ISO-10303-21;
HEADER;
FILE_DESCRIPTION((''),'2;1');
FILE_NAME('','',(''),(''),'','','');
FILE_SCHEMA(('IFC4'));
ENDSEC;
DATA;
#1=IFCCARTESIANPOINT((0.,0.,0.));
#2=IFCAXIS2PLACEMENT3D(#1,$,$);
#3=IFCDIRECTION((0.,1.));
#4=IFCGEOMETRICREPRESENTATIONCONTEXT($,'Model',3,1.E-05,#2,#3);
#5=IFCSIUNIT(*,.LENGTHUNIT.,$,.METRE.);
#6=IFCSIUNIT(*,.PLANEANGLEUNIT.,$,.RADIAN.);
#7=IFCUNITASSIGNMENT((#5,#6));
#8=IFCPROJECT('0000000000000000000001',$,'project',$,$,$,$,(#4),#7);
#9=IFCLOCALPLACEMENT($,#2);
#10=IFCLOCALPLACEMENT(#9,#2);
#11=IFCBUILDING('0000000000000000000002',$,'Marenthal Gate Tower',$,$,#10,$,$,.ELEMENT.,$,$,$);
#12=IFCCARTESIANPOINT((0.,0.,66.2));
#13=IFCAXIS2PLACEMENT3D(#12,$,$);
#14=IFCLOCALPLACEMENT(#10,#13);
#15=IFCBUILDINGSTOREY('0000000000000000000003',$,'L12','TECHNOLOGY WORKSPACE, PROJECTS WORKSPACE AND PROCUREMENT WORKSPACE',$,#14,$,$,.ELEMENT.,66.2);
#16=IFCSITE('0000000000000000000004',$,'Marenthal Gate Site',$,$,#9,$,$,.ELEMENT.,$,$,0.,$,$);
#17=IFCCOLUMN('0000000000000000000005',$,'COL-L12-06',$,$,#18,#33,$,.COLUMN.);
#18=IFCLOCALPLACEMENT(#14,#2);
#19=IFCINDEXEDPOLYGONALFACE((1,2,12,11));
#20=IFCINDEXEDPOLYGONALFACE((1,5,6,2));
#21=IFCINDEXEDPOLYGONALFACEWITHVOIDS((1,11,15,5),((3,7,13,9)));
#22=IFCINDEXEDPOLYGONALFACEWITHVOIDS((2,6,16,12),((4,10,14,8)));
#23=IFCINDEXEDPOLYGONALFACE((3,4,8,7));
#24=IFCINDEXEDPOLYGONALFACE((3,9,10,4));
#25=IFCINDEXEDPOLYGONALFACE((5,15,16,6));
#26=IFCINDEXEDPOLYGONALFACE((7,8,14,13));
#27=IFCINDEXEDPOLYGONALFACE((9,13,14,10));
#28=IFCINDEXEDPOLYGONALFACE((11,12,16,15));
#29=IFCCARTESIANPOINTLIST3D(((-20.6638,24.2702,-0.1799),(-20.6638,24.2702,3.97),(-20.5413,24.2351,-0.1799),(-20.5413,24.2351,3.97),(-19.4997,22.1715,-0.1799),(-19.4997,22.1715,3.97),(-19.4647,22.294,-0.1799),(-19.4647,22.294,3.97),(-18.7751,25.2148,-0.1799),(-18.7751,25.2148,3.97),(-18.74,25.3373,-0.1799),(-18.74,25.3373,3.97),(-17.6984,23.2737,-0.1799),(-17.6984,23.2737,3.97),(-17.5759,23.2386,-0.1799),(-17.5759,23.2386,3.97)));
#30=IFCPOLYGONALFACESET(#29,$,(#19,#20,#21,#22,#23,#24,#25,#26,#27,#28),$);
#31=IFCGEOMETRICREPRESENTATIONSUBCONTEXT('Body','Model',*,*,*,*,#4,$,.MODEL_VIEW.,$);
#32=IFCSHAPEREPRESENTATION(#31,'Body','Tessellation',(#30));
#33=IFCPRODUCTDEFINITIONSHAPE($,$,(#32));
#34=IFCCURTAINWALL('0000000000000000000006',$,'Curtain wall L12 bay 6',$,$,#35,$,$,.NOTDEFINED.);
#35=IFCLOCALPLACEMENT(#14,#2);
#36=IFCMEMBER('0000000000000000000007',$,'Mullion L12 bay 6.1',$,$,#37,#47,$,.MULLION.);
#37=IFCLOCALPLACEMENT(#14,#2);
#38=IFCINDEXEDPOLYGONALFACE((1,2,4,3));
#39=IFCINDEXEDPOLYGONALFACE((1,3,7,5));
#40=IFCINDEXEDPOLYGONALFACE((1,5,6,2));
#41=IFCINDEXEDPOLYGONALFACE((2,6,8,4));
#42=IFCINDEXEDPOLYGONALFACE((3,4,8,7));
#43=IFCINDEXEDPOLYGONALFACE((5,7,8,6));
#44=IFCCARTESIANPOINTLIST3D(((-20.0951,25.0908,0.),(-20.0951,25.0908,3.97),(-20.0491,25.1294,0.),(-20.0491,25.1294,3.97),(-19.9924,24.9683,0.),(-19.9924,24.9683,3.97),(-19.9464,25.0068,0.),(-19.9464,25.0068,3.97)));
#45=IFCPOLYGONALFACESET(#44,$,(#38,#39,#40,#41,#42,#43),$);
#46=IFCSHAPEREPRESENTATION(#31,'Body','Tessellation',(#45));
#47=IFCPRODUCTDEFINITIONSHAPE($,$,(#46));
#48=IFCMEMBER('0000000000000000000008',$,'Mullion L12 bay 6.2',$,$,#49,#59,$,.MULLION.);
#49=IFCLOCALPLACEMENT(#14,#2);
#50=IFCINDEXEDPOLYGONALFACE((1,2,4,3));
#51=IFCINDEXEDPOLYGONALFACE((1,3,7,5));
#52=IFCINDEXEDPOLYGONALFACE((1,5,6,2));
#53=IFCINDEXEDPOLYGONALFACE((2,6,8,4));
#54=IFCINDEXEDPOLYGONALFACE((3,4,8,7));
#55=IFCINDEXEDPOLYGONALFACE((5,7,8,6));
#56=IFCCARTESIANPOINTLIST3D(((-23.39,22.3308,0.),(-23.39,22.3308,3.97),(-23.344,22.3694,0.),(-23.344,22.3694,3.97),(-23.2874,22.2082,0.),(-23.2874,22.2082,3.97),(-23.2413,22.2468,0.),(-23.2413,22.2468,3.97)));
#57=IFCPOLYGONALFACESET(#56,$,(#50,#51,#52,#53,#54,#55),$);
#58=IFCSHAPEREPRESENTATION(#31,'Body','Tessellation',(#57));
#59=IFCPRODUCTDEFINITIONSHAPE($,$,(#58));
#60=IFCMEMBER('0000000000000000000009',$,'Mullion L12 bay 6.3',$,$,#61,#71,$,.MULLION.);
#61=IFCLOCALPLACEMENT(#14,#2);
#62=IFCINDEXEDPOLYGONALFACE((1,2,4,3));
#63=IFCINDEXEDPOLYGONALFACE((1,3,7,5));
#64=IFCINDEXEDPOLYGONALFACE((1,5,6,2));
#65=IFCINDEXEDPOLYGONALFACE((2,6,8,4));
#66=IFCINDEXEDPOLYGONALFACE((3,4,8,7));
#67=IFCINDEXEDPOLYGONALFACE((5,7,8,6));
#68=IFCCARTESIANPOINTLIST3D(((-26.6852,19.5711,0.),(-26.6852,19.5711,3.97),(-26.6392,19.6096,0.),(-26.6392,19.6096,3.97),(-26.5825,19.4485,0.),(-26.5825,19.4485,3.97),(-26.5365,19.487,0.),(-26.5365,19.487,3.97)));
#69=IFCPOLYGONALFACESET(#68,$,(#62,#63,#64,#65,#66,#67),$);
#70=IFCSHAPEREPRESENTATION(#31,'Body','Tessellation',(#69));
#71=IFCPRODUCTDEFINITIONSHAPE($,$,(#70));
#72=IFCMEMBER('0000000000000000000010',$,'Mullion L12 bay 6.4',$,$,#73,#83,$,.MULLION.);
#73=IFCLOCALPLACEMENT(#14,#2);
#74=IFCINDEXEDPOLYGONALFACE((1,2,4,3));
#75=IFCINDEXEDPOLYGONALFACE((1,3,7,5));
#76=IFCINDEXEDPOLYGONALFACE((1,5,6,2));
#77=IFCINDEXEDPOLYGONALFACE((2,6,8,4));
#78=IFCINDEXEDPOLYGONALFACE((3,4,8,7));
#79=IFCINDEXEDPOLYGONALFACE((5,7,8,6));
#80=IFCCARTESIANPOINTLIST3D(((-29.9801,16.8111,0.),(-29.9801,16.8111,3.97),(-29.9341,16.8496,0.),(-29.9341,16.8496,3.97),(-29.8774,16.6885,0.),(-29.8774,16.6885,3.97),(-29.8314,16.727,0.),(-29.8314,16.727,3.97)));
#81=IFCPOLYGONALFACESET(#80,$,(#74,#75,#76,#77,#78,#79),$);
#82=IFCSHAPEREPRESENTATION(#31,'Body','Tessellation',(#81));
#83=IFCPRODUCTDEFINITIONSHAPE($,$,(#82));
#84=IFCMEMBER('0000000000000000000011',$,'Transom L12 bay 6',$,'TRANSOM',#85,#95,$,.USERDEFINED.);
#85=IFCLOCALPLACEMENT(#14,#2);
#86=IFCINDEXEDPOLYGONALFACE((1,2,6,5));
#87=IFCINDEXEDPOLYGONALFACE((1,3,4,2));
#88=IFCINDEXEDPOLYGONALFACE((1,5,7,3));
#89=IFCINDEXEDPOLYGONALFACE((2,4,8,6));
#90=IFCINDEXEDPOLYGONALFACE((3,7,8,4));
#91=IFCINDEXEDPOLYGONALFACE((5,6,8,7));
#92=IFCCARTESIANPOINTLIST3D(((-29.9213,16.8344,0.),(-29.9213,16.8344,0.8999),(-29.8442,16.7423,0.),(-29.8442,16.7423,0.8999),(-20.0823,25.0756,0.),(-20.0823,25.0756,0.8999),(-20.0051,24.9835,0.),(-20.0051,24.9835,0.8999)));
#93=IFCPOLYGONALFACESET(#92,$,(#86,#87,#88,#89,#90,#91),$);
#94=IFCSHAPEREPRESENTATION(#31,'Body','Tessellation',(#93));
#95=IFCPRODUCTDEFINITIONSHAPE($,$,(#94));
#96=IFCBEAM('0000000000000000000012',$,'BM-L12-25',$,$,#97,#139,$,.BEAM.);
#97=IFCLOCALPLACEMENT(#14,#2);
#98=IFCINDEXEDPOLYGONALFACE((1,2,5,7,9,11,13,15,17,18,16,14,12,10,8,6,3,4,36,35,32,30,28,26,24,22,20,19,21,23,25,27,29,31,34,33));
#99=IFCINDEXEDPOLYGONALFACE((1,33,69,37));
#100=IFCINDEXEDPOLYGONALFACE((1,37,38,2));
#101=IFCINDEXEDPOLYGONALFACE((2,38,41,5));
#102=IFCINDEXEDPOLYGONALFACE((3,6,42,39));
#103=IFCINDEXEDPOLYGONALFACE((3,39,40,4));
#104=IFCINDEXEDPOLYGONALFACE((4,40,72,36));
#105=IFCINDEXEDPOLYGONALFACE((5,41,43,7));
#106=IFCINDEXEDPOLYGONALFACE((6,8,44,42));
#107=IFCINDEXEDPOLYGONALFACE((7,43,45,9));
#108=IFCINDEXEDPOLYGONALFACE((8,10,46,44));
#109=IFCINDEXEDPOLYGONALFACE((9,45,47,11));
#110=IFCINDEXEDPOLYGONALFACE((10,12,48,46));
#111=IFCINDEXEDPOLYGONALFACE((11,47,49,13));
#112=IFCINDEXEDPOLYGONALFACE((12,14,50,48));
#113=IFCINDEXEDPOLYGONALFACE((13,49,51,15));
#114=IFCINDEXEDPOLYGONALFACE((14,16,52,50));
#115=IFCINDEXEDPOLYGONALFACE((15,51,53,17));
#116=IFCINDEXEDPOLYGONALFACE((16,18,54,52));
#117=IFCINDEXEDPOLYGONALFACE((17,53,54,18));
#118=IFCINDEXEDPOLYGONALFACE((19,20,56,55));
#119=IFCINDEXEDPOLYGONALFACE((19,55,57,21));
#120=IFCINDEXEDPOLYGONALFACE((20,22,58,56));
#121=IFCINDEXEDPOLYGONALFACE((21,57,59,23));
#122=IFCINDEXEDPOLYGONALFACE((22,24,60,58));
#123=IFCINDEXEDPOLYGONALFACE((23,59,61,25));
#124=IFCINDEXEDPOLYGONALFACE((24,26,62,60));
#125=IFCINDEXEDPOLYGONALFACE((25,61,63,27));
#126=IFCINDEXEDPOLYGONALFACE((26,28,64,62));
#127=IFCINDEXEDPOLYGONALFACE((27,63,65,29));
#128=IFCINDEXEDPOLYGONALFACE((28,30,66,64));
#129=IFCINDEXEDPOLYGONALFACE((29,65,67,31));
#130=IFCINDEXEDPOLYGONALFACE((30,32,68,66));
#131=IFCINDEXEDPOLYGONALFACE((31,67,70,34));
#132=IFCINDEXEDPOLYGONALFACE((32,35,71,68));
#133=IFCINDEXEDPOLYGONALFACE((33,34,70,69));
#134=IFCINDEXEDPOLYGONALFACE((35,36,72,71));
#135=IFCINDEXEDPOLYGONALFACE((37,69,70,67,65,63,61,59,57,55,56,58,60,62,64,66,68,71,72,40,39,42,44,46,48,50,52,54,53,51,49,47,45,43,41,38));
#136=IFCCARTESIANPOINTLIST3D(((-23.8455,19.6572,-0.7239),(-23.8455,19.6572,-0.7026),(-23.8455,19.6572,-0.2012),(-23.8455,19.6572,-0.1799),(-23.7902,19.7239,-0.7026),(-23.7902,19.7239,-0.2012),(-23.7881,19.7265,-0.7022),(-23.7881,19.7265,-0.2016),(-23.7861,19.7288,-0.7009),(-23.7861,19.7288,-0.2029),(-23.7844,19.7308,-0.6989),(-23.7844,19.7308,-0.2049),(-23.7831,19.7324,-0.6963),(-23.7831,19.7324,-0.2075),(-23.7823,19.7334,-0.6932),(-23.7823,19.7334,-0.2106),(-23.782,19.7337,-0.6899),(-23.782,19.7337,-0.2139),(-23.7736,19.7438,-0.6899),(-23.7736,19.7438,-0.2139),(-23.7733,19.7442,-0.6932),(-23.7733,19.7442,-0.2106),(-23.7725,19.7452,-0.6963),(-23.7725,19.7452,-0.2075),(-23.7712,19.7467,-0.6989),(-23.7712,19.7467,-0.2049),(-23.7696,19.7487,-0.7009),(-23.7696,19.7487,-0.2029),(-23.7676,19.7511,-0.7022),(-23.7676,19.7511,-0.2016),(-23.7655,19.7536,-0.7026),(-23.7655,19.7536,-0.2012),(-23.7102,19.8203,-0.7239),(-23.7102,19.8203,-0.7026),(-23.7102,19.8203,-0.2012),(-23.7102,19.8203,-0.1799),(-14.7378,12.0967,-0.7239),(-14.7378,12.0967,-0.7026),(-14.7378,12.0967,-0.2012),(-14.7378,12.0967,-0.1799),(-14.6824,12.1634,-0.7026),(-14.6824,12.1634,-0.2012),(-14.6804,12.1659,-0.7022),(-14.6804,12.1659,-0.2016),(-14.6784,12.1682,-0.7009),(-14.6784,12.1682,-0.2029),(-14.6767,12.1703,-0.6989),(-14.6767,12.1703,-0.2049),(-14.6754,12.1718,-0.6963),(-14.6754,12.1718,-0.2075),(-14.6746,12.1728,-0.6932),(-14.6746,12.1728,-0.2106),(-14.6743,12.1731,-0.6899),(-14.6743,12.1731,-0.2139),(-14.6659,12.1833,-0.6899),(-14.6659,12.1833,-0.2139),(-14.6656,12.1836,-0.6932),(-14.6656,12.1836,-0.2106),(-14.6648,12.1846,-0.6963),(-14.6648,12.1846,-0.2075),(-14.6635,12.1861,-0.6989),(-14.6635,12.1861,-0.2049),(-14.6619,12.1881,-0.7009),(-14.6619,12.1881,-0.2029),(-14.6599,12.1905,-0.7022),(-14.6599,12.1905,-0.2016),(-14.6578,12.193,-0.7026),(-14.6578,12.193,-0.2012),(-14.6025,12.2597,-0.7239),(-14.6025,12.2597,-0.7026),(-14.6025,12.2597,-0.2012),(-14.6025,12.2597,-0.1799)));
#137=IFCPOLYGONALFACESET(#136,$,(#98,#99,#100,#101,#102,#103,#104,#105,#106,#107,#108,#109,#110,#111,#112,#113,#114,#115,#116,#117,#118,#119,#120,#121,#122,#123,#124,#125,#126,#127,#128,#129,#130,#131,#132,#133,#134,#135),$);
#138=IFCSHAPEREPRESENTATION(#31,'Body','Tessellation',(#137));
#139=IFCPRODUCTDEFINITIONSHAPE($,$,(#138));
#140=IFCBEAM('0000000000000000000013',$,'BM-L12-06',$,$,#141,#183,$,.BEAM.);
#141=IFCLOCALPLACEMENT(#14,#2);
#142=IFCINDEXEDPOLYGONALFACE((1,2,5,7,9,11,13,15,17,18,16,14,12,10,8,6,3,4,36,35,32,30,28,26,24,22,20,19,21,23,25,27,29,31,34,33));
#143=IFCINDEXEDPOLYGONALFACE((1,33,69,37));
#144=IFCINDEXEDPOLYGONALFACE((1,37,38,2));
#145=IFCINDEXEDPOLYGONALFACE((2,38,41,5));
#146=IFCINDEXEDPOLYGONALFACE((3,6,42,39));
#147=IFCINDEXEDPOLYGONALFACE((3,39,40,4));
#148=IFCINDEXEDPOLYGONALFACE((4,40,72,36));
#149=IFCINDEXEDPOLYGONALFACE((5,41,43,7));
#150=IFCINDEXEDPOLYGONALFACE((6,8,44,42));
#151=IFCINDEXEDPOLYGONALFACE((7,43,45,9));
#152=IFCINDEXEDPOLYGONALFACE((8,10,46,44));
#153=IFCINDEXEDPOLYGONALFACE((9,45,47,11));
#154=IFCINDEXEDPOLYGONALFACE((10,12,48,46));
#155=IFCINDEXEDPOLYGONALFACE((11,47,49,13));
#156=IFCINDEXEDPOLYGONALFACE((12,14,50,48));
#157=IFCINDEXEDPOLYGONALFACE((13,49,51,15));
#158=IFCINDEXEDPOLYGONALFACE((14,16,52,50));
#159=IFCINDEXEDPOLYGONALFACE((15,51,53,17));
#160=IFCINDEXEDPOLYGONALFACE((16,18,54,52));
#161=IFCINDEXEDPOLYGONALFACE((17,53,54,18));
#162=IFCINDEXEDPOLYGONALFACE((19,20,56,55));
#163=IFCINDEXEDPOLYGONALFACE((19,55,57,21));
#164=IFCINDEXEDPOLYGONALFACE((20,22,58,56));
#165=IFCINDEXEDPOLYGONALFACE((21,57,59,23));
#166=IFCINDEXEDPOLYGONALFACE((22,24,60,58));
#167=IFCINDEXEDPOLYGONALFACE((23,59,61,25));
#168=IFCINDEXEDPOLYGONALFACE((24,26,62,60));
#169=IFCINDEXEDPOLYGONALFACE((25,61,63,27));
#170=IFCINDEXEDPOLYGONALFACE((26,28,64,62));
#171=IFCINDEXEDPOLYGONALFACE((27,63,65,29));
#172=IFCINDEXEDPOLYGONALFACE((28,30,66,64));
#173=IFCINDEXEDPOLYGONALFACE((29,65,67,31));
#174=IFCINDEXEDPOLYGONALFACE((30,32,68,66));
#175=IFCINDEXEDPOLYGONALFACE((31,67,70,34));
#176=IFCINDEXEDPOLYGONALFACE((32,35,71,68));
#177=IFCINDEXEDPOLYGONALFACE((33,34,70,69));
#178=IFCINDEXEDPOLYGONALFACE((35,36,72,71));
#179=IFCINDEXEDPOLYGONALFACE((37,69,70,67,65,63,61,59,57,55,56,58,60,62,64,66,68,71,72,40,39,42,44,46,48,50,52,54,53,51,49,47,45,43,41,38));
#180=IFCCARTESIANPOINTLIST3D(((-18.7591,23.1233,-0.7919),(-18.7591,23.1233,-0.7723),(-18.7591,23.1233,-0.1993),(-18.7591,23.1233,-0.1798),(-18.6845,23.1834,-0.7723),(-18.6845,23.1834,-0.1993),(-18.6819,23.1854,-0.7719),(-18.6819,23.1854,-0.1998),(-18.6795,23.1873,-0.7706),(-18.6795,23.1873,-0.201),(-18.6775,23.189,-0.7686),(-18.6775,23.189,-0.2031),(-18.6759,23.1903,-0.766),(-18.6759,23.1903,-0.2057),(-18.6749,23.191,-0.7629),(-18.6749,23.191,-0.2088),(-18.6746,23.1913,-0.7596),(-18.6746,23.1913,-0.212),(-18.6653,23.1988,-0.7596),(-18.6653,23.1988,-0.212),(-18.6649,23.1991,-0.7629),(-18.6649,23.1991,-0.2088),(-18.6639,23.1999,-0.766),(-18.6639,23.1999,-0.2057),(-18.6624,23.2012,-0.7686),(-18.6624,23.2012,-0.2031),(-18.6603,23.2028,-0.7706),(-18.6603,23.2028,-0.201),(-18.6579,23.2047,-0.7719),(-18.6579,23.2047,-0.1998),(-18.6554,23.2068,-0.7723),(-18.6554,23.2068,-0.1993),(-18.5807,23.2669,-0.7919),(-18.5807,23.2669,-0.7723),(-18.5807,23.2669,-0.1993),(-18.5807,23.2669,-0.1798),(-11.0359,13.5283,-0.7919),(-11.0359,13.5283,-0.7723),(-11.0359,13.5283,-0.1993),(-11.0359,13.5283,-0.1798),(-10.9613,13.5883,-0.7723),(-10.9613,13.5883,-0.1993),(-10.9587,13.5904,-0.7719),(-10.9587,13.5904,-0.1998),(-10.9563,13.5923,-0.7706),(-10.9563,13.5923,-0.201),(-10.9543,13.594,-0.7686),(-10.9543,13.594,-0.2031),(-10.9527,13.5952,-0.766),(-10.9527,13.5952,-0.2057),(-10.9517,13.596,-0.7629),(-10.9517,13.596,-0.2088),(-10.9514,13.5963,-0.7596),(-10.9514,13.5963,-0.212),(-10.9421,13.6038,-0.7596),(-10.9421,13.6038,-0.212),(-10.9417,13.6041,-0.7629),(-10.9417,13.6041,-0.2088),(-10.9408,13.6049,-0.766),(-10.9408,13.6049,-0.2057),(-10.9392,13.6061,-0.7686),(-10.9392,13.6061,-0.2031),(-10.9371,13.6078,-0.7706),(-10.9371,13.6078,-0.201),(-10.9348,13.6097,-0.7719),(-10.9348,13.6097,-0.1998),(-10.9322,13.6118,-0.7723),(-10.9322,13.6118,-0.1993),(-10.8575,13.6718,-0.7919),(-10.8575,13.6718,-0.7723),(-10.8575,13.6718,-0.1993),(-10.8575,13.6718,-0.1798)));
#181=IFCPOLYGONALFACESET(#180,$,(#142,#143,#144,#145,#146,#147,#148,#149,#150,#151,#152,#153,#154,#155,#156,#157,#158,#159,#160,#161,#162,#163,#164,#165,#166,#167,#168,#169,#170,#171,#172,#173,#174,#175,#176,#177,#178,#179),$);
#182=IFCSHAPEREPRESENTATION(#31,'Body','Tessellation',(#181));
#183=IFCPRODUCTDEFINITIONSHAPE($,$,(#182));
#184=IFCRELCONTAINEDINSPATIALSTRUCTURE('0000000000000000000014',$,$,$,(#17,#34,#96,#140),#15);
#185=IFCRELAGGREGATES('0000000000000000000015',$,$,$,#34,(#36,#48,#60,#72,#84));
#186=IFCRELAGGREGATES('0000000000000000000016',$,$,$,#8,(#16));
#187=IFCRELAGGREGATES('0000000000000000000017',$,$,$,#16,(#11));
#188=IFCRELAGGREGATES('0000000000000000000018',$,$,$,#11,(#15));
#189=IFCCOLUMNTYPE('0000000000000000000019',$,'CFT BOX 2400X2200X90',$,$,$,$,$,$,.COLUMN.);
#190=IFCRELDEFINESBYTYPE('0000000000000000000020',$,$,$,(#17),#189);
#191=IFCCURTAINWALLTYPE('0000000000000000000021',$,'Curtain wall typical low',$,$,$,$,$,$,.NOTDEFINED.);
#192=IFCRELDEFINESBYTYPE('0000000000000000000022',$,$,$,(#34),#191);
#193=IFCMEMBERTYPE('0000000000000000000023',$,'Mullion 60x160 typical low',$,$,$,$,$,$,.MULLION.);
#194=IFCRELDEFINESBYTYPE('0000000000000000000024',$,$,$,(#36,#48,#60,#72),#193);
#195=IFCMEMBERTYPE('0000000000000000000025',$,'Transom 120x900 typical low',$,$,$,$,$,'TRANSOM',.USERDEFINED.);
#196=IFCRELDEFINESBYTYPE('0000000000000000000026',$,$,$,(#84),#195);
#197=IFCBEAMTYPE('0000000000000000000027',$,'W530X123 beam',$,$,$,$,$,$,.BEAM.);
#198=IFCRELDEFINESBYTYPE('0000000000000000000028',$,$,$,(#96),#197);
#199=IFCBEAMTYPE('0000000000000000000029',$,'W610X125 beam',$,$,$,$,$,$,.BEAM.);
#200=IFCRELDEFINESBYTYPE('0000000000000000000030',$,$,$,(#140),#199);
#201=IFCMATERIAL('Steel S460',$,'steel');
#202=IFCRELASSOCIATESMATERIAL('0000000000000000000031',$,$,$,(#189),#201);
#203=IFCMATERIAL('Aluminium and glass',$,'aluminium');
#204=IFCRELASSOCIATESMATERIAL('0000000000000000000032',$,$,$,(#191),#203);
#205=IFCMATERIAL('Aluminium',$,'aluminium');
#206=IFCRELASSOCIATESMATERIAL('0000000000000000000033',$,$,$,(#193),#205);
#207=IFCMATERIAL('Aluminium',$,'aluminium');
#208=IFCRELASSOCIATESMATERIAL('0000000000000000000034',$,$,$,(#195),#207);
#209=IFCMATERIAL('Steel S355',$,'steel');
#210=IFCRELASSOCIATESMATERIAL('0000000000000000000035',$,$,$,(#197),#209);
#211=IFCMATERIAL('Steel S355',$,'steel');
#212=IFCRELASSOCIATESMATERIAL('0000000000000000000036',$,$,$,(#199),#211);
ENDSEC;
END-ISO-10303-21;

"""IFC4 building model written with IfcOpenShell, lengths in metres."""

from ifc_helpers import new_model, si_unit, direction, frame, origin, origin_2d, place, context, subcontext, project, spatial, rectangle, hollow_rectangle, i_section, extrude, material, material_profile, profile_set, type_object, element, aggregate, save


model = new_model("IFC4")

# Units and contexts
model_context = context("Model", 3, precision=1e-05, world=origin(), true_north=direction((0.0, 1.0)))
body_context = subcontext(model_context, "Body", "Model", "MODEL_VIEW")
ifc_project = project(units=[si_unit("LENGTHUNIT", "METRE"), si_unit("PLANEANGLEUNIT", "RADIAN")], contexts=[model_context])

# Site, building, storey
site_placement = place(None, origin())
site = spatial("IfcSite", under=ifc_project, at=site_placement, Name="Marenthal Gate Site", CompositionType="ELEMENT", RefElevation=0.0)
building_placement = place(site_placement, origin())
building = spatial("IfcBuilding", under=site, at=building_placement, Name="Marenthal Gate Tower", CompositionType="ELEMENT")
storey_placement = place(building_placement, frame((0.0, 0.0, 66.2)))
storey = spatial("IfcBuildingStorey", under=building, at=storey_placement, Name="L12", Description="TECHNOLOGY WORKSPACE, PROJECTS WORKSPACE AND PROCUREMENT WORKSPACE", CompositionType="ELEMENT", Elevation=66.2)

# Column
ifc_material_1 = material(Name="Steel S460", Category="steel")
ifc_material_profile_1 = material_profile(ifc_material_1, hollow_rectangle(XDim=2.2, YDim=2.3999, WallThickness=0.0901, at=origin_2d()), Name="CFT BOX 2400X2200X90")
ifc_material_2 = material(Name="Concrete 70 MPa", Category="concrete")
ifc_material_profile_2 = material_profile(ifc_material_2, rectangle(XDim=2.02, YDim=2.22, at=origin_2d()), Name="CFT BOX 2400X2200X90 INFILL")
ifc_profile_set_1 = profile_set([ifc_material_profile_1, ifc_material_profile_2], Name="Steel S460 shell, Concrete 70 MPa infill")
column_type = type_object("IfcColumnType", Name="CFT BOX 2400X2200X90", PredefinedType="COLUMN", material=ifc_profile_set_1)
column_placement = place(storey_placement, frame((-19.1199, 23.7544, -0.1799), z_axis=(0.0, 0.0, 1.0), x_axis=(0.874483, 0.485055, 0.0)))
element("IfcColumn", 1, at=column_placement, inside=storey, type_object=column_type, Name="COL-L12-06", PredefinedType="COLUMN", context=body_context, shape_type="SweptSolid", body=[
    extrude(hollow_rectangle(XDim=2.2, YDim=2.3999, WallThickness=0.0901, at=origin_2d()), origin(), (0.0, 0.0, 1.0), 4.1499),
])

# Curtain wall, members
ifc_material_3 = material(Name="Aluminium and glass", Category="aluminium")
curtain_wall_type = type_object("IfcCurtainWallType", Name="Curtain wall typical low", PredefinedType="NOTDEFINED", material=ifc_material_3)
curtain_wall_placement = place(storey_placement, origin())
curtain_wall = element("IfcCurtainWall", 2, at=curtain_wall_placement, inside=storey, type_object=curtain_wall_type, Name="Curtain wall L12 bay 6", PredefinedType="NOTDEFINED")
ifc_material_4 = material(Name="Aluminium", Category="aluminium")
ifc_material_profile_3 = material_profile(ifc_material_4, rectangle(XDim=0.1599, YDim=0.0601, at=origin_2d()), Name="60x160 aluminium mullion")
ifc_profile_set_2 = profile_set([ifc_material_profile_3], Name="Aluminium")
member_type_1 = type_object("IfcMemberType", Name="Mullion 60x160 typical low", PredefinedType="MULLION", material=ifc_profile_set_2)
member_1_placement = place(storey_placement, frame((-20.0208, 25.0488, 0.0), z_axis=(0.0, 0.0, 1.0), x_axis=(0.642112, -0.766611, 0.0)))
member_1 = element("IfcMember", 3, at=member_1_placement, type_object=member_type_1, Name="Mullion L12 bay 6.1", PredefinedType="MULLION", context=body_context, shape_type="SweptSolid", body=[
    extrude(rectangle(XDim=0.1599, YDim=0.0601, at=origin_2d()), origin(), (0.0, 0.0, 1.0), 3.97),
])
member_2_placement = place(storey_placement, frame((-23.3157, 22.2888, 0.0), z_axis=(0.0, 0.0, 1.0), x_axis=(0.642112, -0.766611, 0.0)))
member_2 = element("IfcMember", 4, at=member_2_placement, type_object=member_type_1, Name="Mullion L12 bay 6.2", PredefinedType="MULLION", context=body_context, shape_type="SweptSolid", body=[
    extrude(rectangle(XDim=0.1599, YDim=0.0601, at=origin_2d()), origin(), (0.0, 0.0, 1.0), 3.97),
])
member_3_placement = place(storey_placement, frame((-26.6108, 19.5291, 0.0), z_axis=(0.0, 0.0, 1.0), x_axis=(0.642112, -0.766611, 0.0)))
member_3 = element("IfcMember", 5, at=member_3_placement, type_object=member_type_1, Name="Mullion L12 bay 6.3", PredefinedType="MULLION", context=body_context, shape_type="SweptSolid", body=[
    extrude(rectangle(XDim=0.1599, YDim=0.0601, at=origin_2d()), origin(), (0.0, 0.0, 1.0), 3.97),
])
member_4_placement = place(storey_placement, frame((-29.9058, 16.769, 0.0), z_axis=(0.0, 0.0, 1.0), x_axis=(0.642112, -0.766611, 0.0)))
member_4 = element("IfcMember", 6, at=member_4_placement, type_object=member_type_1, Name="Mullion L12 bay 6.4", PredefinedType="MULLION", context=body_context, shape_type="SweptSolid", body=[
    extrude(rectangle(XDim=0.1599, YDim=0.0601, at=origin_2d()), origin(), (0.0, 0.0, 1.0), 3.97),
])
ifc_material_5 = material(Name="Aluminium", Category="aluminium")
ifc_material_profile_4 = material_profile(ifc_material_5, rectangle(XDim=0.1201, YDim=0.8999, at=origin_2d()), Name="120x900 aluminium transom")
ifc_profile_set_3 = profile_set([ifc_material_profile_4], Name="Aluminium")
member_type_2 = type_object("IfcMemberType", Name="Transom 120x900 typical low", ElementType="TRANSOM", PredefinedType="USERDEFINED", material=ifc_profile_set_3)
member_5_placement = place(storey_placement, frame((-20.0437, 25.0295, 0.45), z_axis=(-0.766611, -0.642111, 0.0), x_axis=(0.642111, -0.766611, 0.0)))
member_5 = element("IfcMember", 7, at=member_5_placement, type_object=member_type_2, Name="Transom L12 bay 6", ObjectType="TRANSOM", PredefinedType="USERDEFINED", context=body_context, shape_type="SweptSolid", body=[
    extrude(rectangle(XDim=0.1201, YDim=0.8999, at=origin_2d()), origin(), (0.0, 0.0, 1.0), 12.8345),
])

# Beams
ifc_material_6 = material(Name="Steel S355", Category="steel")
ifc_material_profile_5 = material_profile(ifc_material_6, i_section(OverallWidth=0.2119, OverallDepth=0.5439, WebThickness=0.0132, FlangeThickness=0.0212, FilletRadius=0.0127, at=origin_2d()), Name="W530X123")
ifc_profile_set_4 = profile_set([ifc_material_profile_5], Name="Steel S355")
beam_type_1 = type_object("IfcBeamType", Name="W530X123 beam", PredefinedType="BEAM", material=ifc_profile_set_4)
beam_1_placement = place(storey_placement, frame((-23.7778, 19.7388, -0.4519), z_axis=(0.769432, -0.638729, 0.0), x_axis=(0.638729, 0.769432, 0.0)))
element("IfcBeam", 8, at=beam_1_placement, inside=storey, type_object=beam_type_1, Name="BM-L12-25", PredefinedType="BEAM", context=body_context, shape_type="SweptSolid", body=[
    extrude(i_section(OverallWidth=0.2119, OverallDepth=0.5439, WebThickness=0.0132, FlangeThickness=0.0212, FilletRadius=0.0127, at=origin_2d()), origin(), (0.0, 0.0, 1.0), 11.8369),
])
ifc_material_7 = material(Name="Steel S355", Category="steel")
ifc_material_profile_6 = material_profile(ifc_material_7, i_section(OverallWidth=0.229, OverallDepth=0.6121, WebThickness=0.012, FlangeThickness=0.0195, FilletRadius=0.0127, at=origin_2d()), Name="W610X125")
ifc_profile_set_5 = profile_set([ifc_material_profile_6], Name="Steel S355")
beam_type_2 = type_object("IfcBeamType", Name="W610X125 beam", PredefinedType="BEAM", material=ifc_profile_set_5)
beam_2_placement = place(storey_placement, frame((-18.6699, 23.1951, -0.4858), z_axis=(0.627027, -0.778997, 0.0), x_axis=(0.778997, 0.627027, 0.0)))
element("IfcBeam", 9, at=beam_2_placement, inside=storey, type_object=beam_type_2, Name="BM-L12-06", PredefinedType="BEAM", context=body_context, shape_type="SweptSolid", body=[
    extrude(i_section(OverallWidth=0.229, OverallDepth=0.6121, WebThickness=0.012, FlangeThickness=0.0195, FilletRadius=0.0127, at=origin_2d()), origin(), (0.0, 0.0, 1.0), 12.3171),
])

aggregate(curtain_wall, [member_1, member_2, member_3, member_4, member_5])

save(model, "model.ifc")
